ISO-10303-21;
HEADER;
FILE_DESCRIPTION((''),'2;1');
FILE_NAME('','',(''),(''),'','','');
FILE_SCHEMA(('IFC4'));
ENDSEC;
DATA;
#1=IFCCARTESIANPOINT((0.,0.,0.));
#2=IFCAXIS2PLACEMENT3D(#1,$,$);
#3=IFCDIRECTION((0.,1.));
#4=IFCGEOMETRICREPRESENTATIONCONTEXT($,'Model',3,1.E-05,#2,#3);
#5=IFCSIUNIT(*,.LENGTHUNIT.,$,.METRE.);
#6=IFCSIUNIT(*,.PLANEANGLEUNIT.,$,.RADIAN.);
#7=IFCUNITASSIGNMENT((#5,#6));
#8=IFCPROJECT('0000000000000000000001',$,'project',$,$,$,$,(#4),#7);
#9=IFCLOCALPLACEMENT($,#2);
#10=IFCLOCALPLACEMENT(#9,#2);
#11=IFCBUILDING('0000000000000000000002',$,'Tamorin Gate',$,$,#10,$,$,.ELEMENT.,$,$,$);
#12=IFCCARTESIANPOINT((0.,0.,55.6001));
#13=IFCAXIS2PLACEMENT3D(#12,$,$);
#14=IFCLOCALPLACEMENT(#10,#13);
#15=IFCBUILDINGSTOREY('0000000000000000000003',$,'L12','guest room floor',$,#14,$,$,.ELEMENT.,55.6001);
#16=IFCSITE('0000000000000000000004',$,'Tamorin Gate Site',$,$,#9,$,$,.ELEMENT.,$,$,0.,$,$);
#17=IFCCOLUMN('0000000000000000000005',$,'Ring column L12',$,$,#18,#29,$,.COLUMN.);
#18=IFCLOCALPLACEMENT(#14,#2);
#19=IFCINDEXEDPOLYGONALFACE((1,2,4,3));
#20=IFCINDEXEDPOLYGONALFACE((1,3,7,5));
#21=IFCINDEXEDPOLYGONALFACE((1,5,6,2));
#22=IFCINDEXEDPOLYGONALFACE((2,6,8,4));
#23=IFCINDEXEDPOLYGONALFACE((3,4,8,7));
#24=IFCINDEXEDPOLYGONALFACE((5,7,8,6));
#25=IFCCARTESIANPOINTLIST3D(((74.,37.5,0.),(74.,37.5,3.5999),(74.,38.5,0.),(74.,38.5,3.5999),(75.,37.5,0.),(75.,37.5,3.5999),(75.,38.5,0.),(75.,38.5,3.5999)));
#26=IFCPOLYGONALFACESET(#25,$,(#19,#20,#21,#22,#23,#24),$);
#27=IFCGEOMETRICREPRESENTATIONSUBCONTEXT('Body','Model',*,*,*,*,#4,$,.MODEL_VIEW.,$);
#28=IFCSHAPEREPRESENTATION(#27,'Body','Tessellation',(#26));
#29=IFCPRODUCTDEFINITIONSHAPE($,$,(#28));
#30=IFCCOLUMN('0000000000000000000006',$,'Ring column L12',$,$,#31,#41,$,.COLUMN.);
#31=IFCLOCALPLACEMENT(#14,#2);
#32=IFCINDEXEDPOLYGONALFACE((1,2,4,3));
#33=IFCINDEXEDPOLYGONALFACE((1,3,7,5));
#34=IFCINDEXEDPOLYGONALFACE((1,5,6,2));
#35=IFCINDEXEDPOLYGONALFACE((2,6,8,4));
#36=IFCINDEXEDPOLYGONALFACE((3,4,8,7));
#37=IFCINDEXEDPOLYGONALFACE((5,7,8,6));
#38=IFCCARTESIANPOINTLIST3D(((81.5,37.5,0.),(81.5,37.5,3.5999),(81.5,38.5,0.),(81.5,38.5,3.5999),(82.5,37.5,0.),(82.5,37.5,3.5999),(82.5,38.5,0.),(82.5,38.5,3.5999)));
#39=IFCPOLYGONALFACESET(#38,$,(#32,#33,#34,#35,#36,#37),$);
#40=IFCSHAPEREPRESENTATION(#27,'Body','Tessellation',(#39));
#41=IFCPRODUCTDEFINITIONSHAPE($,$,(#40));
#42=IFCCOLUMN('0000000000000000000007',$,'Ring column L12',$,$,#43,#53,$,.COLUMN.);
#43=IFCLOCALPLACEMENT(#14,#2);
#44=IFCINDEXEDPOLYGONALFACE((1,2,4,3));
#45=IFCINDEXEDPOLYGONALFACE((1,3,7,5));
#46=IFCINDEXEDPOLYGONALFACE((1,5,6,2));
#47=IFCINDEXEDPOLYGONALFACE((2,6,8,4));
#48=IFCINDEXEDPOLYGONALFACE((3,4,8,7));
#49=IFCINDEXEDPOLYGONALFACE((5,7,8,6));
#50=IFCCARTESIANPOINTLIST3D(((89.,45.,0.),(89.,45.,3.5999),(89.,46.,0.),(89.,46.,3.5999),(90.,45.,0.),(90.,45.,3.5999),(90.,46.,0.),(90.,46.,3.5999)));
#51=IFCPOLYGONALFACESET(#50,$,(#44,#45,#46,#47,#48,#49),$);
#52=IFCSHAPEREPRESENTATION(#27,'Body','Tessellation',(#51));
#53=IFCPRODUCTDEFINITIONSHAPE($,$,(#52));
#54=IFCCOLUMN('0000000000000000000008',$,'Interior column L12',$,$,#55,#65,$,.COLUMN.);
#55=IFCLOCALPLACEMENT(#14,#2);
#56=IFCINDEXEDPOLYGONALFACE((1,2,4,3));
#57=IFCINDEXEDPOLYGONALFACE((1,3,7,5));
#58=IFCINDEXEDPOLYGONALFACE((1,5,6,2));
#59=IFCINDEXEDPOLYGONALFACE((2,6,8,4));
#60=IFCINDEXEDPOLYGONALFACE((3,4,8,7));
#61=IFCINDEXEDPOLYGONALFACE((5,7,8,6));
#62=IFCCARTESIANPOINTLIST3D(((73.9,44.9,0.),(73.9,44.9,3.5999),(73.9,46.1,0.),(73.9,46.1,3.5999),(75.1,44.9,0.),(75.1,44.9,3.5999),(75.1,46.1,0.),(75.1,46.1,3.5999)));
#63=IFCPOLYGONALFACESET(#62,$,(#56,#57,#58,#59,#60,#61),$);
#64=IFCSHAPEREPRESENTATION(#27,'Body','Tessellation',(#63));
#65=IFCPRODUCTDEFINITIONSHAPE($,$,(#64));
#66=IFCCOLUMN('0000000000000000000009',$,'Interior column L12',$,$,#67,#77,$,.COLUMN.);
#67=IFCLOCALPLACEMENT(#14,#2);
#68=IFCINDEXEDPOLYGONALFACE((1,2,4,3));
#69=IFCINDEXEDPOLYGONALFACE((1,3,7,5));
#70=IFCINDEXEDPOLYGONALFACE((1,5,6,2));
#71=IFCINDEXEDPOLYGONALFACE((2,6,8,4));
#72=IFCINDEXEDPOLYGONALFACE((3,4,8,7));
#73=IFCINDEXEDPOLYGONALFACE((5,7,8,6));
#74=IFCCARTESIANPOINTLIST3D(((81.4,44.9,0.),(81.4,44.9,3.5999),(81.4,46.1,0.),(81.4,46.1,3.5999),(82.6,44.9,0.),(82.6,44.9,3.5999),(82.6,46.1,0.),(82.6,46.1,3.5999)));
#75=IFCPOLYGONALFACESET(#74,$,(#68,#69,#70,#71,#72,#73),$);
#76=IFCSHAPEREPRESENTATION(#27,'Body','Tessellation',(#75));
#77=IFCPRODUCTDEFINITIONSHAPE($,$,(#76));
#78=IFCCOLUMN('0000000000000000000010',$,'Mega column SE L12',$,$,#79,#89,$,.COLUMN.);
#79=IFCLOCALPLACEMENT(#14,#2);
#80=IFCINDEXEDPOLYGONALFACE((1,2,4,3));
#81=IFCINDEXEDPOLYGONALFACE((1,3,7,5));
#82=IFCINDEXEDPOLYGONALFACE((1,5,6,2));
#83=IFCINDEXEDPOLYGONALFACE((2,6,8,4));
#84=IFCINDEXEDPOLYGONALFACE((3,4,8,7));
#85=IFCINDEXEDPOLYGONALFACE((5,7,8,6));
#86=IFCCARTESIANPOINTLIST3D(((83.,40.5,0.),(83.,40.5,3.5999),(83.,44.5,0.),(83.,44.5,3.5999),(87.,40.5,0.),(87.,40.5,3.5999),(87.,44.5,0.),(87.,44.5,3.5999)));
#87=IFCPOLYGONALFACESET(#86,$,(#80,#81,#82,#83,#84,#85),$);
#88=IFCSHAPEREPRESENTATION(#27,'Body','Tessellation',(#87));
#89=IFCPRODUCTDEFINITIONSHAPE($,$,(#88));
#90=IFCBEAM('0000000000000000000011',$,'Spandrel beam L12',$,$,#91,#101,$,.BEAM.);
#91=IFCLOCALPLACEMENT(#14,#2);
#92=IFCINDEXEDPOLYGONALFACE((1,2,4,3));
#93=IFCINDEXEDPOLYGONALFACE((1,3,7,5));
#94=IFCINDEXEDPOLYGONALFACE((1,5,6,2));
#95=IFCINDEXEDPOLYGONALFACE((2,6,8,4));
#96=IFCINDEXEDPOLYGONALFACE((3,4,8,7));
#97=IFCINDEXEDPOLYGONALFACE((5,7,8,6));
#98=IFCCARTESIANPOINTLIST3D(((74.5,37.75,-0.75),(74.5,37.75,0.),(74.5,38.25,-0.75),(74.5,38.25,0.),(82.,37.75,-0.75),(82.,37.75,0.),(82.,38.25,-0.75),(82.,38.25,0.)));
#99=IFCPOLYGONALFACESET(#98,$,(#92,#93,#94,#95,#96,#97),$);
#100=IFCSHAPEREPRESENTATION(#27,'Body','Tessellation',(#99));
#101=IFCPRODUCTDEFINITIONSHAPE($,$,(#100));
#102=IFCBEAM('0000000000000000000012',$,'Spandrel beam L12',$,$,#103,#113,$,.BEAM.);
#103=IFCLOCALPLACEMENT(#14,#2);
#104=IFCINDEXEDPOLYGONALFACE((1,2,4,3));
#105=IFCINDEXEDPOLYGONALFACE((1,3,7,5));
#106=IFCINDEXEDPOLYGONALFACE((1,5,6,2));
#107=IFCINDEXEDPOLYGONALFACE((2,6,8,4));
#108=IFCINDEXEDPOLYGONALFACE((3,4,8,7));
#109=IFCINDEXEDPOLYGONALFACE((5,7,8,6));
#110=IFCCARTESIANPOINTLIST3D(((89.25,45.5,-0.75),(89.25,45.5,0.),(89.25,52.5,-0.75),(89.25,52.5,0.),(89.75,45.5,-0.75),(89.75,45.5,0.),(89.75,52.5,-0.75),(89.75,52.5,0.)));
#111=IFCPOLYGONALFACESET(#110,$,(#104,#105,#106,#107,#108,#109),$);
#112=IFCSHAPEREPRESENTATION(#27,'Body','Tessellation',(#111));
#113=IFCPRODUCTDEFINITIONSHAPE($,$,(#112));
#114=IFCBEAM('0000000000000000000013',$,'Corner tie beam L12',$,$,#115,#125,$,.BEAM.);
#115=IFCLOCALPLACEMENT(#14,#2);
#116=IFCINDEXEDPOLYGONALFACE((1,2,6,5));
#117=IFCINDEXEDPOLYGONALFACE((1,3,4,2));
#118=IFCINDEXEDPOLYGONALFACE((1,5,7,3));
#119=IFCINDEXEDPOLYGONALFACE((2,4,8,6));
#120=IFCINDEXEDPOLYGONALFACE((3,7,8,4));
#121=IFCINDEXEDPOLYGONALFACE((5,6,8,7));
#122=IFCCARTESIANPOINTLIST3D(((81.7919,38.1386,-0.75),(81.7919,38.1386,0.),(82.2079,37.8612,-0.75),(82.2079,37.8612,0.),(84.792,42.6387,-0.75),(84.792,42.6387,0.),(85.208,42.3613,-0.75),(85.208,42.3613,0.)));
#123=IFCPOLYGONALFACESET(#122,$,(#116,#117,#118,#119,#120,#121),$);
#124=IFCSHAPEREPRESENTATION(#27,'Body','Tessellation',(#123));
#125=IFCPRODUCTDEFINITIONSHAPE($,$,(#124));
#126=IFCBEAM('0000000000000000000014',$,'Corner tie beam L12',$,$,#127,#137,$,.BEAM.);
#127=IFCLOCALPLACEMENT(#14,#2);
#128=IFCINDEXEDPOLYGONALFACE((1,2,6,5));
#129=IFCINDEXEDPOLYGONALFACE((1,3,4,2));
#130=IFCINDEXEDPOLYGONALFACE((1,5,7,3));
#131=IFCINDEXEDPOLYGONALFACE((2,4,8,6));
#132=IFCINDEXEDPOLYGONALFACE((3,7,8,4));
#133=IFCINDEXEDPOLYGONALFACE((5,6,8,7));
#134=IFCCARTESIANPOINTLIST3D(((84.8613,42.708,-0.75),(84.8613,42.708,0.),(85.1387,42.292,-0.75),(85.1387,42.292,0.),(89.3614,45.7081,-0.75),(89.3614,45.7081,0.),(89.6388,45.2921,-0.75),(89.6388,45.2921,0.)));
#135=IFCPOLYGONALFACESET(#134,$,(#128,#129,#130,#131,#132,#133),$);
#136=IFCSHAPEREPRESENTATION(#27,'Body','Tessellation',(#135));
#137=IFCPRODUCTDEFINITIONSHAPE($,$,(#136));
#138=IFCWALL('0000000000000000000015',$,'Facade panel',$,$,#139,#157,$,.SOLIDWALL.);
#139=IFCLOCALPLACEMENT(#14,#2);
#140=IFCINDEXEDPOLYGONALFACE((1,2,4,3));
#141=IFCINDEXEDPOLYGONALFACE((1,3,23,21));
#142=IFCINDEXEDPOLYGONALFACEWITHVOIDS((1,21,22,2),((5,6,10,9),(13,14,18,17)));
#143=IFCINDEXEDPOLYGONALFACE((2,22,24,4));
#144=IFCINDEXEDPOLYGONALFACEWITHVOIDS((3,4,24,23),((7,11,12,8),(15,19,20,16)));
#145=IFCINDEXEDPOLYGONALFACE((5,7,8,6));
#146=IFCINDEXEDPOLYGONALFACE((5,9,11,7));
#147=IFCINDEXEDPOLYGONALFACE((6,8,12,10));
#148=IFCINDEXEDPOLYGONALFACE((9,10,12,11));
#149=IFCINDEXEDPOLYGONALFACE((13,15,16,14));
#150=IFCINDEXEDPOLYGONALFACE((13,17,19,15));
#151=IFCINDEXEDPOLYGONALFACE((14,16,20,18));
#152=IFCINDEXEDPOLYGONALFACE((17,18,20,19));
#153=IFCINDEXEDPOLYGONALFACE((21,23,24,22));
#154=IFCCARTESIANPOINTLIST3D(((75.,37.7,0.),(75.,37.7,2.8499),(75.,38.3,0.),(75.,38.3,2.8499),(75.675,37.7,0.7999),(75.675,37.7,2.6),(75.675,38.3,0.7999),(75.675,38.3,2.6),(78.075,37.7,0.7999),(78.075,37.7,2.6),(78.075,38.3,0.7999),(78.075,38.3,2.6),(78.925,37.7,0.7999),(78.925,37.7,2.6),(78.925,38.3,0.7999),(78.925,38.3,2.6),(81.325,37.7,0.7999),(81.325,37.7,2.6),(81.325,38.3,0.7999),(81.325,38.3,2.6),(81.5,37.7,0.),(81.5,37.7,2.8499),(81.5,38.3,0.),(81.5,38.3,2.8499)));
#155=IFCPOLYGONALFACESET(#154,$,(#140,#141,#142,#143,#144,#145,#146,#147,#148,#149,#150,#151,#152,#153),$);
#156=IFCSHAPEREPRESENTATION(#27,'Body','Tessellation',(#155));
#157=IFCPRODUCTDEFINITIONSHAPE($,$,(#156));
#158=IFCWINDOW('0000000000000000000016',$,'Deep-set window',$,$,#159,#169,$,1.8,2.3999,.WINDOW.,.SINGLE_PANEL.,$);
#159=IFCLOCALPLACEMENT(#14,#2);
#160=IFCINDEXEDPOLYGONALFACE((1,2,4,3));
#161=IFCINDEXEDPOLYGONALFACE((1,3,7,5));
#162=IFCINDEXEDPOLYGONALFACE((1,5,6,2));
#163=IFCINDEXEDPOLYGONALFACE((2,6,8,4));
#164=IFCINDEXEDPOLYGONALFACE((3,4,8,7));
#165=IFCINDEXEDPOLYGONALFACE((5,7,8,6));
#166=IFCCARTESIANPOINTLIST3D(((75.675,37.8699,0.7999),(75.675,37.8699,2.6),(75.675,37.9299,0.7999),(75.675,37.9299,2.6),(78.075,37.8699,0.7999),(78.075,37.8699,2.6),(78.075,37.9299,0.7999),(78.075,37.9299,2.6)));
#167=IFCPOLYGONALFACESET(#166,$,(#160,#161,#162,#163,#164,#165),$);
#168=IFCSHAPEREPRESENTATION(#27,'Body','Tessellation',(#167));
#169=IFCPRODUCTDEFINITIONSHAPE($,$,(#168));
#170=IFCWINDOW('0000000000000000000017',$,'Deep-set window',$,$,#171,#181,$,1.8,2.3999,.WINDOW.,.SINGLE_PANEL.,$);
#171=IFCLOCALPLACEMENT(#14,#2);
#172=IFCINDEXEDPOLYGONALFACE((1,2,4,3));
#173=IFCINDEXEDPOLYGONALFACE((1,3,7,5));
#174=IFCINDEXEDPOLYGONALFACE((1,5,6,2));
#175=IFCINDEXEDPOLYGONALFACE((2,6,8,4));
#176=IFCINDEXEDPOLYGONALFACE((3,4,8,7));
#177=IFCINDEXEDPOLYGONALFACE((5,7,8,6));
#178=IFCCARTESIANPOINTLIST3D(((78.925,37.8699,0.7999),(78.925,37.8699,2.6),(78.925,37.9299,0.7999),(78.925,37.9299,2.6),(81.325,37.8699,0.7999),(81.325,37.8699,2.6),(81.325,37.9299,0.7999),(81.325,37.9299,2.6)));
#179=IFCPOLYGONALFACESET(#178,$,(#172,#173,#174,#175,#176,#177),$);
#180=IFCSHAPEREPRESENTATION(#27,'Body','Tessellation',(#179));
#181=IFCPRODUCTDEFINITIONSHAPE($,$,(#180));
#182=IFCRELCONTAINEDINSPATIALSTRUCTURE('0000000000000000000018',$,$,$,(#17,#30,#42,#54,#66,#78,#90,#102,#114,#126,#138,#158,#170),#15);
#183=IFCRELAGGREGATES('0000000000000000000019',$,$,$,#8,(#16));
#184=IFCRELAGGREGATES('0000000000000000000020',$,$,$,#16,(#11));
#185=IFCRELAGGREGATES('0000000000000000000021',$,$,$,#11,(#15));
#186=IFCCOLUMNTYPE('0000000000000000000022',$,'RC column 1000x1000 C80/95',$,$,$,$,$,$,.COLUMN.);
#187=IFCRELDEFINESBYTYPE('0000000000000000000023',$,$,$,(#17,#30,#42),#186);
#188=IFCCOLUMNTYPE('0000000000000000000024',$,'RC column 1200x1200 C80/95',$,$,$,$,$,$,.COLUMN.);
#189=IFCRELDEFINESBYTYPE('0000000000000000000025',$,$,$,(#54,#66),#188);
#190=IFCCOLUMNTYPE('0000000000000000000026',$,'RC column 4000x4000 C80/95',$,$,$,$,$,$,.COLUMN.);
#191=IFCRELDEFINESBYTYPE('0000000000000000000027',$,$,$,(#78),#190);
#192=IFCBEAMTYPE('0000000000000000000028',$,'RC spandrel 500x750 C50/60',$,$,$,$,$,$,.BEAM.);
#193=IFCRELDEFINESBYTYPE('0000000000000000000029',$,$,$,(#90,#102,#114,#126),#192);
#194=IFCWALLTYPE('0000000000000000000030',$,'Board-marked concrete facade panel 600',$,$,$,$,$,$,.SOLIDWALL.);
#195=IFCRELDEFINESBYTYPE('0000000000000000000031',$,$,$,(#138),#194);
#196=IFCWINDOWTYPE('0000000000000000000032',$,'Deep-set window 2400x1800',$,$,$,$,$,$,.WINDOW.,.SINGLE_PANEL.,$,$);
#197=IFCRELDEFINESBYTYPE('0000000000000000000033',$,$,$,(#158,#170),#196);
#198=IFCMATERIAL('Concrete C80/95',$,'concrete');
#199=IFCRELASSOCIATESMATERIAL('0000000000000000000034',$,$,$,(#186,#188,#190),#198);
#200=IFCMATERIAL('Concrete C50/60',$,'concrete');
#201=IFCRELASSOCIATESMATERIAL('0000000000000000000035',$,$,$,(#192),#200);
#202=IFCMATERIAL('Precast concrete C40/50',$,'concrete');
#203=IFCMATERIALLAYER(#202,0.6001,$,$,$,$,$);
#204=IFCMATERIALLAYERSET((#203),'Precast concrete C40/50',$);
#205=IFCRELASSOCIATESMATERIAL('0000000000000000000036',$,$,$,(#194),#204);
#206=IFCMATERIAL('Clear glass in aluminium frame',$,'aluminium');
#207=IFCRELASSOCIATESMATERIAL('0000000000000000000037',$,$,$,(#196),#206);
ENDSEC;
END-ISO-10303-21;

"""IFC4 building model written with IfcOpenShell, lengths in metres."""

from ifc_helpers import new_model, si_unit, direction, frame, frame_2d, origin, origin_2d, place, context, subcontext, project, spatial, rectangle, extrude, material, layer, layer_set, material_profile, profile_set, type_object, element, fill, save


model = new_model("IFC4")

# Units and contexts
model_context = context("Model", 3, precision=1e-05, world=origin(), true_north=direction((0.0, 1.0)))
body_context = subcontext(model_context, "Body", "Model", "MODEL_VIEW")
ifc_project = project(units=[si_unit("LENGTHUNIT", "METRE"), si_unit("PLANEANGLEUNIT", "RADIAN")], contexts=[model_context])

# Site, building, storey
site_placement = place(None, origin())
site = spatial("IfcSite", under=ifc_project, at=site_placement, Name="Tamorin Gate Site", CompositionType="ELEMENT", RefElevation=0.0)
building_placement = place(site_placement, origin())
building = spatial("IfcBuilding", under=site, at=building_placement, Name="Tamorin Gate", CompositionType="ELEMENT")
storey_placement = place(building_placement, frame((0.0, 0.0, 55.6001)))
storey = spatial("IfcBuildingStorey", under=building, at=storey_placement, Name="L12", Description="guest room floor", CompositionType="ELEMENT", Elevation=55.6001)

# Columns
ifc_material_1 = material(Name="Concrete C80/95", Category="concrete")
ifc_material_profile_1 = material_profile(ifc_material_1, rectangle(XDim=1.0, YDim=1.0, at=origin_2d()), Name="RC 1000x1000")
ifc_profile_set_1 = profile_set([ifc_material_profile_1], Name="Concrete C80/95")
column_type_1 = type_object("IfcColumnType", Name="RC column 1000x1000 C80/95", PredefinedType="COLUMN", material=ifc_profile_set_1)
for number, where, z_axis, x_axis, name in (
    (1, (74.5, 38.0, 0.0), (0.0, 0.0, 1.0), (1.0, 0.0, 0.0), "Ring column L12"),
    (2, (82.0, 38.0, 0.0), (0.0, 0.0, 1.0), (1.0, 0.0, 0.0), "Ring column L12"),
    (3, (89.5, 45.5, 0.0), (0.0, 0.0, 1.0), (1.0, 0.0, 0.0), "Ring column L12"),
):
    element("IfcColumn", number, at=place(storey_placement, frame(where, z_axis=z_axis, x_axis=x_axis)), inside=storey, type_object=column_type_1, Name=name, PredefinedType="COLUMN", context=body_context, shape_type="SweptSolid", body=[
        extrude(rectangle(XDim=1.0, YDim=1.0, at=origin_2d()), origin(), (0.0, 0.0, 1.0), 3.5999),
    ])
ifc_material_profile_2 = material_profile(ifc_material_1, rectangle(XDim=1.2, YDim=1.2, at=origin_2d()), Name="RC 1200x1200")
ifc_profile_set_2 = profile_set([ifc_material_profile_2], Name="Concrete C80/95")
column_type_2 = type_object("IfcColumnType", Name="RC column 1200x1200 C80/95", PredefinedType="COLUMN", material=ifc_profile_set_2)
for number, where, z_axis, x_axis, name in (
    (4, (74.5, 45.5, 0.0), (0.0, 0.0, 1.0), (1.0, 0.0, 0.0), "Interior column L12"),
    (5, (82.0, 45.5, 0.0), (0.0, 0.0, 1.0), (1.0, 0.0, 0.0), "Interior column L12"),
):
    element("IfcColumn", number, at=place(storey_placement, frame(where, z_axis=z_axis, x_axis=x_axis)), inside=storey, type_object=column_type_2, Name=name, PredefinedType="COLUMN", context=body_context, shape_type="SweptSolid", body=[
        extrude(rectangle(XDim=1.2, YDim=1.2, at=origin_2d()), origin(), (0.0, 0.0, 1.0), 3.5999),
    ])
ifc_material_profile_3 = material_profile(ifc_material_1, rectangle(XDim=4.0, YDim=4.0, at=origin_2d()), Name="RC 4000x4000")
ifc_profile_set_3 = profile_set([ifc_material_profile_3], Name="Concrete C80/95")
column_type_3 = type_object("IfcColumnType", Name="RC column 4000x4000 C80/95", PredefinedType="COLUMN", material=ifc_profile_set_3)
column_placement = place(storey_placement, frame((85.0, 42.5, 0.0), z_axis=(0.0, 0.0, 1.0), x_axis=(1.0, 0.0, 0.0)))
element("IfcColumn", 6, at=column_placement, inside=storey, type_object=column_type_3, Name="Mega column SE L12", PredefinedType="COLUMN", context=body_context, shape_type="SweptSolid", body=[
    extrude(rectangle(XDim=4.0, YDim=4.0, at=origin_2d()), origin(), (0.0, 0.0, 1.0), 3.5999),
])

# Beams
ifc_material_2 = material(Name="Concrete C50/60", Category="concrete")
ifc_material_profile_4 = material_profile(ifc_material_2, rectangle(XDim=0.5, YDim=0.75, at=origin_2d()), Name="RC 500x750")
ifc_profile_set_4 = profile_set([ifc_material_profile_4], Name="Concrete C50/60")
beam_type = type_object("IfcBeamType", Name="RC spandrel 500x750 C50/60", PredefinedType="BEAM", material=ifc_profile_set_4)
beam_1_placement = place(storey_placement, frame((74.5, 38.0, -0.375), z_axis=(1.0, 0.0, 0.0), x_axis=(0.0, 1.0, 0.0)))
element("IfcBeam", 7, at=beam_1_placement, inside=storey, type_object=beam_type, Name="Spandrel beam L12", PredefinedType="BEAM", context=body_context, shape_type="SweptSolid", body=[
    extrude(rectangle(XDim=0.5, YDim=0.75, at=origin_2d()), origin(), (0.0, 0.0, 1.0), 7.5),
])
beam_2_placement = place(storey_placement, frame((89.5, 45.5, -0.375), z_axis=(0.0, 1.0, 0.0), x_axis=(-1.0, 0.0, 0.0)))
element("IfcBeam", 8, at=beam_2_placement, inside=storey, type_object=beam_type, Name="Spandrel beam L12", PredefinedType="BEAM", context=body_context, shape_type="SweptSolid", body=[
    extrude(rectangle(XDim=0.5, YDim=0.75, at=origin_2d()), origin(), (0.0, 0.0, 1.0), 7.0),
])
for number, where, z_axis, x_axis, name in (
    (9, (85.0, 42.5, -0.375), (-0.5547, -0.83205, 0.0), (0.83205, -0.5547, 0.0), "Corner tie beam L12"),
    (10, (85.0, 42.5, -0.375), (0.83205, 0.5547, 0.0), (-0.5547, 0.83205, 0.0), "Corner tie beam L12"),
):
    element("IfcBeam", number, at=place(storey_placement, frame(where, z_axis=z_axis, x_axis=x_axis)), inside=storey, type_object=beam_type, Name=name, PredefinedType="BEAM", context=body_context, shape_type="SweptSolid", body=[
        extrude(rectangle(XDim=0.5, YDim=0.75, at=origin_2d()), origin(), (0.0, 0.0, 1.0), 5.4084),
    ])

# Wall, openings, windows
ifc_material_3 = material(Name="Precast concrete C40/50", Category="concrete")
ifc_layer_1 = layer(ifc_material_3, 0.6001)
ifc_layer_set_1 = layer_set([ifc_layer_1], Name="Precast concrete C40/50")
wall_type_1 = type_object("IfcWallType", Name="Board-marked concrete facade panel 600", PredefinedType="SOLIDWALL", material=ifc_layer_set_1)
wall_1_placement = place(storey_placement, frame((75.0, 38.0, 0.0), z_axis=(0.0, 0.0, 1.0), x_axis=(1.0, 0.0, 0.0)))
wall_1 = element("IfcWall", 11, at=wall_1_placement, inside=storey, type_object=wall_type_1, Name="Facade panel", PredefinedType="SOLIDWALL", context=body_context, shape_type="SweptSolid", body=[
    extrude(rectangle(XDim=6.5, YDim=0.6001, at=frame_2d((3.25, 0.0))), origin(), (0.0, 0.0, 1.0), 2.8499),
])
opening_1_placement = place(wall_1_placement, frame((0.675, 0.0, 0.8)))
opening_1 = element("IfcOpeningElement", 12, at=opening_1_placement, cuts=wall_1, PredefinedType="OPENING", context=body_context, shape_type="SweptSolid", body=[
    extrude(rectangle(XDim=2.3999, YDim=1.8, at=frame_2d((1.2, 0.8999))), frame((0.0, 0.3101, 0.0), z_axis=(0.0, -1.0, 0.0), x_axis=(1.0, 0.0, 0.0)), (0.0, 0.0, 1.0), 0.6201),
])
opening_2_placement = place(wall_1_placement, frame((3.925, 0.0, 0.8)))
opening_2 = element("IfcOpeningElement", 13, at=opening_2_placement, cuts=wall_1, PredefinedType="OPENING", context=body_context, shape_type="SweptSolid", body=[
    extrude(rectangle(XDim=2.3999, YDim=1.8, at=frame_2d((1.2, 0.8999))), frame((0.0, 0.3101, 0.0), z_axis=(0.0, -1.0, 0.0), x_axis=(1.0, 0.0, 0.0)), (0.0, 0.0, 1.0), 0.6201),
])
ifc_material_4 = material(Name="Clear glass in aluminium frame", Category="aluminium")
window_type = type_object("IfcWindowType", Name="Deep-set window 2400x1800", PartitioningType="SINGLE_PANEL", PredefinedType="WINDOW", material=ifc_material_4)
window_1_placement = place(opening_1_placement, origin())
window_1 = element("IfcWindow", 14, at=window_1_placement, inside=storey, type_object=window_type, Name="Deep-set window", OverallHeight=1.8, OverallWidth=2.3999, PartitioningType="SINGLE_PANEL", PredefinedType="WINDOW", context=body_context, shape_type="SweptSolid", body=[
    extrude(rectangle(XDim=2.3999, YDim=1.8, at=frame_2d((1.2, 0.8999))), frame((0.0, -0.0701, 0.0), z_axis=(0.0, -1.0, 0.0), x_axis=(1.0, 0.0, 0.0)), (0.0, 0.0, 1.0), 0.0601),
])
fill(opening_1, window_1)
window_2_placement = place(opening_2_placement, origin())
window_2 = element("IfcWindow", 15, at=window_2_placement, inside=storey, type_object=window_type, Name="Deep-set window", OverallHeight=1.8, OverallWidth=2.3999, PartitioningType="SINGLE_PANEL", PredefinedType="WINDOW", context=body_context, shape_type="SweptSolid", body=[
    extrude(rectangle(XDim=2.3999, YDim=1.8, at=frame_2d((1.2, 0.8999))), frame((0.0, -0.0701, 0.0), z_axis=(0.0, -1.0, 0.0), x_axis=(1.0, 0.0, 0.0)), (0.0, 0.0, 1.0), 0.0601),
])
fill(opening_2, window_2)

save(model, "model.ifc")
